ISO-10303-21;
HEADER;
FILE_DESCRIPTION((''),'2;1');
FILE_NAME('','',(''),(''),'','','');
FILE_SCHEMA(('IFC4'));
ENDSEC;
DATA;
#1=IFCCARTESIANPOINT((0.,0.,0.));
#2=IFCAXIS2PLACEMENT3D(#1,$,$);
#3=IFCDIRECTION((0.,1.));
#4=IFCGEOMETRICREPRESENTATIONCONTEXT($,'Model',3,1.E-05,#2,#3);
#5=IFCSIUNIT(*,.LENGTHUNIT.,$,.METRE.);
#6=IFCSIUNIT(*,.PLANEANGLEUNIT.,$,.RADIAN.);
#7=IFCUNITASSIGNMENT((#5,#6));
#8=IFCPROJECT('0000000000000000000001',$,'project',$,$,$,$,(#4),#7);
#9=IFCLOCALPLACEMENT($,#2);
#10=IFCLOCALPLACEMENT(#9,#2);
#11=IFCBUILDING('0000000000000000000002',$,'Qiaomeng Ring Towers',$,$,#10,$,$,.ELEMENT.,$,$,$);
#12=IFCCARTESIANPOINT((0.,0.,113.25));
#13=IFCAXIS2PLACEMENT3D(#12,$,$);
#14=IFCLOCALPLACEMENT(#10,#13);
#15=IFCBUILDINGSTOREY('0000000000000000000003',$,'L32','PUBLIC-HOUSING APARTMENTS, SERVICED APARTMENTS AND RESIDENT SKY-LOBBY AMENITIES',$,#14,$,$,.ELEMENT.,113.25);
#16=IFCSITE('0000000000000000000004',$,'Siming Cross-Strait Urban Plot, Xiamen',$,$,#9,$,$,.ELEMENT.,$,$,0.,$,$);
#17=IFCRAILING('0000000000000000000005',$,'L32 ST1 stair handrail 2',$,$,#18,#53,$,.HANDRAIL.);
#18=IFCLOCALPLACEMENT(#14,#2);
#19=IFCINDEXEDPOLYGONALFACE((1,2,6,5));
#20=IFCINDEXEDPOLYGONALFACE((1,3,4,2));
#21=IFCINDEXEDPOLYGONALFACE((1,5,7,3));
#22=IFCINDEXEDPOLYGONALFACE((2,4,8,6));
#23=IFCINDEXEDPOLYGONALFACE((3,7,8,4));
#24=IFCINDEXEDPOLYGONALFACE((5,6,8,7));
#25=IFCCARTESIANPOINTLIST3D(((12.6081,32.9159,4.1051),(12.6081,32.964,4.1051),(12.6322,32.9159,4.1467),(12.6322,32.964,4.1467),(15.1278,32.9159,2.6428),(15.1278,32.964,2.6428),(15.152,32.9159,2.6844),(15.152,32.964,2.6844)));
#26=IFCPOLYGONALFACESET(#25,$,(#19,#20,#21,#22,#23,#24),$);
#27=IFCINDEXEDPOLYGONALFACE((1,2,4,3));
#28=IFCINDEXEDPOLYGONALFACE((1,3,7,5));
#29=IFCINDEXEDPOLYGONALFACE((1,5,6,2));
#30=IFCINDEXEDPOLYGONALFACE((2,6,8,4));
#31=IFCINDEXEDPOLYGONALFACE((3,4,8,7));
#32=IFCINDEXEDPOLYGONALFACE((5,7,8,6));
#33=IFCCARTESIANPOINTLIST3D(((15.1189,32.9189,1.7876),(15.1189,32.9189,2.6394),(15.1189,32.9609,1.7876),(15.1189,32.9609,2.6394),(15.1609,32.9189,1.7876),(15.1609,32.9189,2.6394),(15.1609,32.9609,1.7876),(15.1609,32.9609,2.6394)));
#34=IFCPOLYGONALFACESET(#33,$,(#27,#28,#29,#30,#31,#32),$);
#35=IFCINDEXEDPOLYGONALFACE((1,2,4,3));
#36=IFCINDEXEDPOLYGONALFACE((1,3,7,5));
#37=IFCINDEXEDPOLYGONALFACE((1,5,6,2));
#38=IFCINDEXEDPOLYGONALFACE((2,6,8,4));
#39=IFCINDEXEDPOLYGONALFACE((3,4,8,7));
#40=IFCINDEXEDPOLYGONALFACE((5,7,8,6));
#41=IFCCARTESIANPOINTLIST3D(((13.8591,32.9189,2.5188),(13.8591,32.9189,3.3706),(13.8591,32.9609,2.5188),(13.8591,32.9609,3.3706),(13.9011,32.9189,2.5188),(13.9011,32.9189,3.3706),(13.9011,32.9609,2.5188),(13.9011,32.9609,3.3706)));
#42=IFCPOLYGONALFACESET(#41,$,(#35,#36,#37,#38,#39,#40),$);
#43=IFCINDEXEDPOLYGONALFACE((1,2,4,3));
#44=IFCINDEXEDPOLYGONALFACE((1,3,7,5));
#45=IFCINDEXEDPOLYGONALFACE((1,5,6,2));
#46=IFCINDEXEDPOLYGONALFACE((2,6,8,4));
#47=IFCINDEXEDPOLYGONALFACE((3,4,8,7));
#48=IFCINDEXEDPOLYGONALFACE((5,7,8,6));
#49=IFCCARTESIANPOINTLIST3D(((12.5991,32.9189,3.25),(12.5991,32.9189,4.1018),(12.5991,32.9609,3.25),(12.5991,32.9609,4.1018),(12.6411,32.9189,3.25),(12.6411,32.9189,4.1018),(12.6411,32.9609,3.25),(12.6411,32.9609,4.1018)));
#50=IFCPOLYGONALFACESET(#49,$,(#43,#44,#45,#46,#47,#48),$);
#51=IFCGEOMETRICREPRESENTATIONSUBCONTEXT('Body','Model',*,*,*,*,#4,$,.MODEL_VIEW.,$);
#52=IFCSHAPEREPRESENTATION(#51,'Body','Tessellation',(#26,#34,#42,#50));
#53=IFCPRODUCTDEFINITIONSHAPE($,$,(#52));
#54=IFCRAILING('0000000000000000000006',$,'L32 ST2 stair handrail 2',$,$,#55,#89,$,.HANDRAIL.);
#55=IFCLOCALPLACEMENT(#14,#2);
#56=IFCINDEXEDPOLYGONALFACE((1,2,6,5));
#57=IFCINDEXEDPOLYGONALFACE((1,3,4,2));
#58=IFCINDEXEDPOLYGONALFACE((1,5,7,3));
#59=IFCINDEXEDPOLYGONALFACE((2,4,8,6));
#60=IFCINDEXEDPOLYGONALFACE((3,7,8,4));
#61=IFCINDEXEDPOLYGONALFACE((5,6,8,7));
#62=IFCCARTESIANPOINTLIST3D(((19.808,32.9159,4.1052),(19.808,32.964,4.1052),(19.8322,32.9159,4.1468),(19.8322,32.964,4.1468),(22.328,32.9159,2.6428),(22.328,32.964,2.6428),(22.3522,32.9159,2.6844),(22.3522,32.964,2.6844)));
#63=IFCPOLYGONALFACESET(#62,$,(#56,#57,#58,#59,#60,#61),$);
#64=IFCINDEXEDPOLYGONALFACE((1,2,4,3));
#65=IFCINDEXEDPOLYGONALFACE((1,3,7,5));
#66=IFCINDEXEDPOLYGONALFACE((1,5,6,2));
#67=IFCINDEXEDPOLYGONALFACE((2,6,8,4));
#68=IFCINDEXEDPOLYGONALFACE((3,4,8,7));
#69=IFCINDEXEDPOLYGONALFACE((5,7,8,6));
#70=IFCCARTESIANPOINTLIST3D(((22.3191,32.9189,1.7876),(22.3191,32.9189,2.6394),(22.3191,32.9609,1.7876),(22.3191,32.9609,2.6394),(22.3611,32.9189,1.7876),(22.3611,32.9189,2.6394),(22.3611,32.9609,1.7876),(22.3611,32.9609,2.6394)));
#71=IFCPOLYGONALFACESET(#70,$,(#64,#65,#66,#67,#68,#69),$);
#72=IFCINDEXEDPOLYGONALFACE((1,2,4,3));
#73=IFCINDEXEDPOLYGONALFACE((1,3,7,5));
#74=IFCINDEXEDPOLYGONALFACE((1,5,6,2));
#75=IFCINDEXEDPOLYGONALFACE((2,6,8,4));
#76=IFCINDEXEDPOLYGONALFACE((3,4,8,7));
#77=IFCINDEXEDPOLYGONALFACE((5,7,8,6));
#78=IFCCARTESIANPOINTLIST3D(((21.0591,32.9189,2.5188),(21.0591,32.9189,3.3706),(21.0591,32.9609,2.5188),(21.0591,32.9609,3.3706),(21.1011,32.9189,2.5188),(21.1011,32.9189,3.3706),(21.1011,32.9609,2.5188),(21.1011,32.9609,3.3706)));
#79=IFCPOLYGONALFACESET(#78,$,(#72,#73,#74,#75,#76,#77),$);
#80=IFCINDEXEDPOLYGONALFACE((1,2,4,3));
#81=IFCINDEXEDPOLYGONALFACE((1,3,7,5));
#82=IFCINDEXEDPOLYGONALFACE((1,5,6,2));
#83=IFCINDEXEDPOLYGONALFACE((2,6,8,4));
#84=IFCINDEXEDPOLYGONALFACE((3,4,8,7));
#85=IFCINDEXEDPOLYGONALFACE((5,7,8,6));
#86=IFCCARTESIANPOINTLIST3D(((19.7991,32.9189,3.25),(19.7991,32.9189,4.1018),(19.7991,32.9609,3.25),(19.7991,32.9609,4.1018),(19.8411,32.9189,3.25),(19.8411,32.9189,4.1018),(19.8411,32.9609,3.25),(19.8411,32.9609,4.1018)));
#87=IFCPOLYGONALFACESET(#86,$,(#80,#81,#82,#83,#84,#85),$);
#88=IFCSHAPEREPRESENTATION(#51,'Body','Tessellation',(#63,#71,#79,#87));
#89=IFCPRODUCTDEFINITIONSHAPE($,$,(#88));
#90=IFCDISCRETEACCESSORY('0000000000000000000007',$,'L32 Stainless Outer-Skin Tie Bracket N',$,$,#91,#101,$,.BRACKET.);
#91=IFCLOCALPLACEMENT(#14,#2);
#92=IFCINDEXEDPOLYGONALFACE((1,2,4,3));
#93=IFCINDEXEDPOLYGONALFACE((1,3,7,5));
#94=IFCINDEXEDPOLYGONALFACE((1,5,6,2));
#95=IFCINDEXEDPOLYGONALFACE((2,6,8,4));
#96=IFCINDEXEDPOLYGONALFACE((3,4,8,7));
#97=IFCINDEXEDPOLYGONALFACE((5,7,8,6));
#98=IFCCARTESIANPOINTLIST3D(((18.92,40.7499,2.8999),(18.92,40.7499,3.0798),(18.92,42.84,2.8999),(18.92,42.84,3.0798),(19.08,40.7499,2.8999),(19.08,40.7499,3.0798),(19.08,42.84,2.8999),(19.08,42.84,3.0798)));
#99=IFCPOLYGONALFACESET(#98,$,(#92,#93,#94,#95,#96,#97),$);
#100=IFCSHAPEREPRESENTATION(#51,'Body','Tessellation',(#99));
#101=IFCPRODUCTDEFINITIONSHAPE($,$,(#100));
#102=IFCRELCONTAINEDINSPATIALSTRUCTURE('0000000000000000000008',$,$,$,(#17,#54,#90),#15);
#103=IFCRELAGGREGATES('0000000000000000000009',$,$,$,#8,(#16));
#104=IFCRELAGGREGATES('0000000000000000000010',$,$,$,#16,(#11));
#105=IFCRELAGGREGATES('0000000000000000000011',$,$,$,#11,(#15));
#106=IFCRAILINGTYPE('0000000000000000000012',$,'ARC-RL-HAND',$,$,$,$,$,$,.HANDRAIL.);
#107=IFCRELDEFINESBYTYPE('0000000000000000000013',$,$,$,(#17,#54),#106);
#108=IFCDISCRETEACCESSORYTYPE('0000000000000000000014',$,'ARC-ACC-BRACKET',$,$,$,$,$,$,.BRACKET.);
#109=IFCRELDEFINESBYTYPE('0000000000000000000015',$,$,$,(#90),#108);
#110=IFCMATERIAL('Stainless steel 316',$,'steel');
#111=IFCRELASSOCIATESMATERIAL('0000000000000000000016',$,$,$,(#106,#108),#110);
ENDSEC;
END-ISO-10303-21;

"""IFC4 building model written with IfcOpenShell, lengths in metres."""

from ifc_helpers import new_model, si_unit, direction, frame, origin, origin_2d, place, context, subcontext, project, spatial, rectangle, extrude, source, transform, mapped, material, type_object, element, save


model = new_model("IFC4")

# Units and contexts
model_context = context("Model", 3, precision=1e-05, world=origin(), true_north=direction((0.0, 1.0)))
body_context = subcontext(model_context, "Body", "Model", "MODEL_VIEW")
ifc_project = project(units=[si_unit("LENGTHUNIT", "METRE"), si_unit("PLANEANGLEUNIT", "RADIAN")], contexts=[model_context])

# Site, building, storey
site_placement = place(None, origin())
site = spatial("IfcSite", under=ifc_project, at=site_placement, Name="Siming Cross-Strait Urban Plot, Xiamen", CompositionType="ELEMENT", RefElevation=0.0)
building_placement = place(site_placement, origin())
building = spatial("IfcBuilding", under=site, at=building_placement, Name="Qiaomeng Ring Towers", CompositionType="ELEMENT")
storey_placement = place(building_placement, frame((0.0, 0.0, 113.25)))
storey = spatial("IfcBuildingStorey", under=building, at=storey_placement, Name="L32", Description="PUBLIC-HOUSING APARTMENTS, SERVICED APARTMENTS AND RESIDENT SKY-LOBBY AMENITIES", CompositionType="ELEMENT", Elevation=113.25)

# Railings
ifc_material_1 = material(Name="Stainless steel 316", Category="steel")
railing_type_1 = type_object("IfcRailingType", Name="ARC-RL-HAND", PredefinedType="HANDRAIL", material=ifc_material_1)
railing_1_placement = place(storey_placement, frame((15.1399, 32.9399, 1.7876)))
element("IfcRailing", 1, at=railing_1_placement, inside=storey, type_object=railing_type_1, Name="L32 ST1 stair handrail 2", PredefinedType="HANDRAIL", context=body_context, shape_type="SweptSolid", body=[
    extrude(rectangle(XDim=0.0481, YDim=0.0481, at=origin_2d()), frame((0.0, 0.0, 0.876), z_axis=(-0.864892, 0.0, 0.501958), x_axis=(0.0, -1.0, 0.0)), (0.0, 0.0, 1.0), 2.9133),
    extrude(rectangle(XDim=0.042, YDim=0.042, at=origin_2d()), origin(), (0.0, 0.0, 1.0), 0.8518),
    extrude(rectangle(XDim=0.042, YDim=0.042, at=origin_2d()), frame((-1.2598, 0.0, 0.7312)), (0.0, 0.0, 1.0), 0.8518),
    extrude(rectangle(XDim=0.042, YDim=0.042, at=origin_2d()), frame((-2.5198, 0.0, 1.4624)), (0.0, 0.0, 1.0), 0.8518),
])
railing_2_placement = place(storey_placement, frame((22.3401, 32.9399, 1.7876)))
element("IfcRailing", 2, at=railing_2_placement, inside=storey, type_object=railing_type_1, Name="L32 ST2 stair handrail 2", PredefinedType="HANDRAIL", context=body_context, shape_type="SweptSolid", body=[
    extrude(rectangle(XDim=0.0481, YDim=0.0481, at=origin_2d()), frame((0.0, 0.0, 0.876), z_axis=(-0.864913, 0.0, 0.501921), x_axis=(0.0, -1.0, 0.0)), (0.0, 0.0, 1.0), 2.9136),
    extrude(rectangle(XDim=0.042, YDim=0.042, at=origin_2d()), origin(), (0.0, 0.0, 1.0), 0.8518),
    extrude(rectangle(XDim=0.042, YDim=0.042, at=origin_2d()), frame((-1.26, 0.0, 0.7312)), (0.0, 0.0, 1.0), 0.8518),
    extrude(rectangle(XDim=0.042, YDim=0.042, at=origin_2d()), frame((-2.52, 0.0, 1.4624)), (0.0, 0.0, 1.0), 0.8518),
])

# Discrete accessory
discrete_accessory_type = type_object("IfcDiscreteAccessoryType", Name="ARC-ACC-BRACKET", PredefinedType="BRACKET", material=ifc_material_1)
shared_shape_1 = source(origin(), body_context, "Body", "SweptSolid", [
    extrude(rectangle(XDim=0.1599, YDim=2.0901, at=origin_2d()), origin(), (0.0, 0.0, 1.0), 0.1799),
])
discrete_accessory_placement = place(storey_placement, frame((19.0, 41.7949, 2.8999), z_axis=(0.0, 0.0, 1.0), x_axis=(1.0, 0.0, 0.0)))
element("IfcDiscreteAccessory", 3, at=discrete_accessory_placement, inside=storey, type_object=discrete_accessory_type, Name="L32 Stainless Outer-Skin Tie Bracket N", PredefinedType="BRACKET", context=body_context, shape_type="MappedRepresentation", body=[
    mapped(shared_shape_1, transform((0.0, 0.0, 0.0), x_axis=(1.0, 0.0, 0.0), y_axis=(0.0, 1.0, 0.0), z_axis=(0.0, 0.0, 1.0), scale=1.0)),
])

save(model, "model.ifc")
